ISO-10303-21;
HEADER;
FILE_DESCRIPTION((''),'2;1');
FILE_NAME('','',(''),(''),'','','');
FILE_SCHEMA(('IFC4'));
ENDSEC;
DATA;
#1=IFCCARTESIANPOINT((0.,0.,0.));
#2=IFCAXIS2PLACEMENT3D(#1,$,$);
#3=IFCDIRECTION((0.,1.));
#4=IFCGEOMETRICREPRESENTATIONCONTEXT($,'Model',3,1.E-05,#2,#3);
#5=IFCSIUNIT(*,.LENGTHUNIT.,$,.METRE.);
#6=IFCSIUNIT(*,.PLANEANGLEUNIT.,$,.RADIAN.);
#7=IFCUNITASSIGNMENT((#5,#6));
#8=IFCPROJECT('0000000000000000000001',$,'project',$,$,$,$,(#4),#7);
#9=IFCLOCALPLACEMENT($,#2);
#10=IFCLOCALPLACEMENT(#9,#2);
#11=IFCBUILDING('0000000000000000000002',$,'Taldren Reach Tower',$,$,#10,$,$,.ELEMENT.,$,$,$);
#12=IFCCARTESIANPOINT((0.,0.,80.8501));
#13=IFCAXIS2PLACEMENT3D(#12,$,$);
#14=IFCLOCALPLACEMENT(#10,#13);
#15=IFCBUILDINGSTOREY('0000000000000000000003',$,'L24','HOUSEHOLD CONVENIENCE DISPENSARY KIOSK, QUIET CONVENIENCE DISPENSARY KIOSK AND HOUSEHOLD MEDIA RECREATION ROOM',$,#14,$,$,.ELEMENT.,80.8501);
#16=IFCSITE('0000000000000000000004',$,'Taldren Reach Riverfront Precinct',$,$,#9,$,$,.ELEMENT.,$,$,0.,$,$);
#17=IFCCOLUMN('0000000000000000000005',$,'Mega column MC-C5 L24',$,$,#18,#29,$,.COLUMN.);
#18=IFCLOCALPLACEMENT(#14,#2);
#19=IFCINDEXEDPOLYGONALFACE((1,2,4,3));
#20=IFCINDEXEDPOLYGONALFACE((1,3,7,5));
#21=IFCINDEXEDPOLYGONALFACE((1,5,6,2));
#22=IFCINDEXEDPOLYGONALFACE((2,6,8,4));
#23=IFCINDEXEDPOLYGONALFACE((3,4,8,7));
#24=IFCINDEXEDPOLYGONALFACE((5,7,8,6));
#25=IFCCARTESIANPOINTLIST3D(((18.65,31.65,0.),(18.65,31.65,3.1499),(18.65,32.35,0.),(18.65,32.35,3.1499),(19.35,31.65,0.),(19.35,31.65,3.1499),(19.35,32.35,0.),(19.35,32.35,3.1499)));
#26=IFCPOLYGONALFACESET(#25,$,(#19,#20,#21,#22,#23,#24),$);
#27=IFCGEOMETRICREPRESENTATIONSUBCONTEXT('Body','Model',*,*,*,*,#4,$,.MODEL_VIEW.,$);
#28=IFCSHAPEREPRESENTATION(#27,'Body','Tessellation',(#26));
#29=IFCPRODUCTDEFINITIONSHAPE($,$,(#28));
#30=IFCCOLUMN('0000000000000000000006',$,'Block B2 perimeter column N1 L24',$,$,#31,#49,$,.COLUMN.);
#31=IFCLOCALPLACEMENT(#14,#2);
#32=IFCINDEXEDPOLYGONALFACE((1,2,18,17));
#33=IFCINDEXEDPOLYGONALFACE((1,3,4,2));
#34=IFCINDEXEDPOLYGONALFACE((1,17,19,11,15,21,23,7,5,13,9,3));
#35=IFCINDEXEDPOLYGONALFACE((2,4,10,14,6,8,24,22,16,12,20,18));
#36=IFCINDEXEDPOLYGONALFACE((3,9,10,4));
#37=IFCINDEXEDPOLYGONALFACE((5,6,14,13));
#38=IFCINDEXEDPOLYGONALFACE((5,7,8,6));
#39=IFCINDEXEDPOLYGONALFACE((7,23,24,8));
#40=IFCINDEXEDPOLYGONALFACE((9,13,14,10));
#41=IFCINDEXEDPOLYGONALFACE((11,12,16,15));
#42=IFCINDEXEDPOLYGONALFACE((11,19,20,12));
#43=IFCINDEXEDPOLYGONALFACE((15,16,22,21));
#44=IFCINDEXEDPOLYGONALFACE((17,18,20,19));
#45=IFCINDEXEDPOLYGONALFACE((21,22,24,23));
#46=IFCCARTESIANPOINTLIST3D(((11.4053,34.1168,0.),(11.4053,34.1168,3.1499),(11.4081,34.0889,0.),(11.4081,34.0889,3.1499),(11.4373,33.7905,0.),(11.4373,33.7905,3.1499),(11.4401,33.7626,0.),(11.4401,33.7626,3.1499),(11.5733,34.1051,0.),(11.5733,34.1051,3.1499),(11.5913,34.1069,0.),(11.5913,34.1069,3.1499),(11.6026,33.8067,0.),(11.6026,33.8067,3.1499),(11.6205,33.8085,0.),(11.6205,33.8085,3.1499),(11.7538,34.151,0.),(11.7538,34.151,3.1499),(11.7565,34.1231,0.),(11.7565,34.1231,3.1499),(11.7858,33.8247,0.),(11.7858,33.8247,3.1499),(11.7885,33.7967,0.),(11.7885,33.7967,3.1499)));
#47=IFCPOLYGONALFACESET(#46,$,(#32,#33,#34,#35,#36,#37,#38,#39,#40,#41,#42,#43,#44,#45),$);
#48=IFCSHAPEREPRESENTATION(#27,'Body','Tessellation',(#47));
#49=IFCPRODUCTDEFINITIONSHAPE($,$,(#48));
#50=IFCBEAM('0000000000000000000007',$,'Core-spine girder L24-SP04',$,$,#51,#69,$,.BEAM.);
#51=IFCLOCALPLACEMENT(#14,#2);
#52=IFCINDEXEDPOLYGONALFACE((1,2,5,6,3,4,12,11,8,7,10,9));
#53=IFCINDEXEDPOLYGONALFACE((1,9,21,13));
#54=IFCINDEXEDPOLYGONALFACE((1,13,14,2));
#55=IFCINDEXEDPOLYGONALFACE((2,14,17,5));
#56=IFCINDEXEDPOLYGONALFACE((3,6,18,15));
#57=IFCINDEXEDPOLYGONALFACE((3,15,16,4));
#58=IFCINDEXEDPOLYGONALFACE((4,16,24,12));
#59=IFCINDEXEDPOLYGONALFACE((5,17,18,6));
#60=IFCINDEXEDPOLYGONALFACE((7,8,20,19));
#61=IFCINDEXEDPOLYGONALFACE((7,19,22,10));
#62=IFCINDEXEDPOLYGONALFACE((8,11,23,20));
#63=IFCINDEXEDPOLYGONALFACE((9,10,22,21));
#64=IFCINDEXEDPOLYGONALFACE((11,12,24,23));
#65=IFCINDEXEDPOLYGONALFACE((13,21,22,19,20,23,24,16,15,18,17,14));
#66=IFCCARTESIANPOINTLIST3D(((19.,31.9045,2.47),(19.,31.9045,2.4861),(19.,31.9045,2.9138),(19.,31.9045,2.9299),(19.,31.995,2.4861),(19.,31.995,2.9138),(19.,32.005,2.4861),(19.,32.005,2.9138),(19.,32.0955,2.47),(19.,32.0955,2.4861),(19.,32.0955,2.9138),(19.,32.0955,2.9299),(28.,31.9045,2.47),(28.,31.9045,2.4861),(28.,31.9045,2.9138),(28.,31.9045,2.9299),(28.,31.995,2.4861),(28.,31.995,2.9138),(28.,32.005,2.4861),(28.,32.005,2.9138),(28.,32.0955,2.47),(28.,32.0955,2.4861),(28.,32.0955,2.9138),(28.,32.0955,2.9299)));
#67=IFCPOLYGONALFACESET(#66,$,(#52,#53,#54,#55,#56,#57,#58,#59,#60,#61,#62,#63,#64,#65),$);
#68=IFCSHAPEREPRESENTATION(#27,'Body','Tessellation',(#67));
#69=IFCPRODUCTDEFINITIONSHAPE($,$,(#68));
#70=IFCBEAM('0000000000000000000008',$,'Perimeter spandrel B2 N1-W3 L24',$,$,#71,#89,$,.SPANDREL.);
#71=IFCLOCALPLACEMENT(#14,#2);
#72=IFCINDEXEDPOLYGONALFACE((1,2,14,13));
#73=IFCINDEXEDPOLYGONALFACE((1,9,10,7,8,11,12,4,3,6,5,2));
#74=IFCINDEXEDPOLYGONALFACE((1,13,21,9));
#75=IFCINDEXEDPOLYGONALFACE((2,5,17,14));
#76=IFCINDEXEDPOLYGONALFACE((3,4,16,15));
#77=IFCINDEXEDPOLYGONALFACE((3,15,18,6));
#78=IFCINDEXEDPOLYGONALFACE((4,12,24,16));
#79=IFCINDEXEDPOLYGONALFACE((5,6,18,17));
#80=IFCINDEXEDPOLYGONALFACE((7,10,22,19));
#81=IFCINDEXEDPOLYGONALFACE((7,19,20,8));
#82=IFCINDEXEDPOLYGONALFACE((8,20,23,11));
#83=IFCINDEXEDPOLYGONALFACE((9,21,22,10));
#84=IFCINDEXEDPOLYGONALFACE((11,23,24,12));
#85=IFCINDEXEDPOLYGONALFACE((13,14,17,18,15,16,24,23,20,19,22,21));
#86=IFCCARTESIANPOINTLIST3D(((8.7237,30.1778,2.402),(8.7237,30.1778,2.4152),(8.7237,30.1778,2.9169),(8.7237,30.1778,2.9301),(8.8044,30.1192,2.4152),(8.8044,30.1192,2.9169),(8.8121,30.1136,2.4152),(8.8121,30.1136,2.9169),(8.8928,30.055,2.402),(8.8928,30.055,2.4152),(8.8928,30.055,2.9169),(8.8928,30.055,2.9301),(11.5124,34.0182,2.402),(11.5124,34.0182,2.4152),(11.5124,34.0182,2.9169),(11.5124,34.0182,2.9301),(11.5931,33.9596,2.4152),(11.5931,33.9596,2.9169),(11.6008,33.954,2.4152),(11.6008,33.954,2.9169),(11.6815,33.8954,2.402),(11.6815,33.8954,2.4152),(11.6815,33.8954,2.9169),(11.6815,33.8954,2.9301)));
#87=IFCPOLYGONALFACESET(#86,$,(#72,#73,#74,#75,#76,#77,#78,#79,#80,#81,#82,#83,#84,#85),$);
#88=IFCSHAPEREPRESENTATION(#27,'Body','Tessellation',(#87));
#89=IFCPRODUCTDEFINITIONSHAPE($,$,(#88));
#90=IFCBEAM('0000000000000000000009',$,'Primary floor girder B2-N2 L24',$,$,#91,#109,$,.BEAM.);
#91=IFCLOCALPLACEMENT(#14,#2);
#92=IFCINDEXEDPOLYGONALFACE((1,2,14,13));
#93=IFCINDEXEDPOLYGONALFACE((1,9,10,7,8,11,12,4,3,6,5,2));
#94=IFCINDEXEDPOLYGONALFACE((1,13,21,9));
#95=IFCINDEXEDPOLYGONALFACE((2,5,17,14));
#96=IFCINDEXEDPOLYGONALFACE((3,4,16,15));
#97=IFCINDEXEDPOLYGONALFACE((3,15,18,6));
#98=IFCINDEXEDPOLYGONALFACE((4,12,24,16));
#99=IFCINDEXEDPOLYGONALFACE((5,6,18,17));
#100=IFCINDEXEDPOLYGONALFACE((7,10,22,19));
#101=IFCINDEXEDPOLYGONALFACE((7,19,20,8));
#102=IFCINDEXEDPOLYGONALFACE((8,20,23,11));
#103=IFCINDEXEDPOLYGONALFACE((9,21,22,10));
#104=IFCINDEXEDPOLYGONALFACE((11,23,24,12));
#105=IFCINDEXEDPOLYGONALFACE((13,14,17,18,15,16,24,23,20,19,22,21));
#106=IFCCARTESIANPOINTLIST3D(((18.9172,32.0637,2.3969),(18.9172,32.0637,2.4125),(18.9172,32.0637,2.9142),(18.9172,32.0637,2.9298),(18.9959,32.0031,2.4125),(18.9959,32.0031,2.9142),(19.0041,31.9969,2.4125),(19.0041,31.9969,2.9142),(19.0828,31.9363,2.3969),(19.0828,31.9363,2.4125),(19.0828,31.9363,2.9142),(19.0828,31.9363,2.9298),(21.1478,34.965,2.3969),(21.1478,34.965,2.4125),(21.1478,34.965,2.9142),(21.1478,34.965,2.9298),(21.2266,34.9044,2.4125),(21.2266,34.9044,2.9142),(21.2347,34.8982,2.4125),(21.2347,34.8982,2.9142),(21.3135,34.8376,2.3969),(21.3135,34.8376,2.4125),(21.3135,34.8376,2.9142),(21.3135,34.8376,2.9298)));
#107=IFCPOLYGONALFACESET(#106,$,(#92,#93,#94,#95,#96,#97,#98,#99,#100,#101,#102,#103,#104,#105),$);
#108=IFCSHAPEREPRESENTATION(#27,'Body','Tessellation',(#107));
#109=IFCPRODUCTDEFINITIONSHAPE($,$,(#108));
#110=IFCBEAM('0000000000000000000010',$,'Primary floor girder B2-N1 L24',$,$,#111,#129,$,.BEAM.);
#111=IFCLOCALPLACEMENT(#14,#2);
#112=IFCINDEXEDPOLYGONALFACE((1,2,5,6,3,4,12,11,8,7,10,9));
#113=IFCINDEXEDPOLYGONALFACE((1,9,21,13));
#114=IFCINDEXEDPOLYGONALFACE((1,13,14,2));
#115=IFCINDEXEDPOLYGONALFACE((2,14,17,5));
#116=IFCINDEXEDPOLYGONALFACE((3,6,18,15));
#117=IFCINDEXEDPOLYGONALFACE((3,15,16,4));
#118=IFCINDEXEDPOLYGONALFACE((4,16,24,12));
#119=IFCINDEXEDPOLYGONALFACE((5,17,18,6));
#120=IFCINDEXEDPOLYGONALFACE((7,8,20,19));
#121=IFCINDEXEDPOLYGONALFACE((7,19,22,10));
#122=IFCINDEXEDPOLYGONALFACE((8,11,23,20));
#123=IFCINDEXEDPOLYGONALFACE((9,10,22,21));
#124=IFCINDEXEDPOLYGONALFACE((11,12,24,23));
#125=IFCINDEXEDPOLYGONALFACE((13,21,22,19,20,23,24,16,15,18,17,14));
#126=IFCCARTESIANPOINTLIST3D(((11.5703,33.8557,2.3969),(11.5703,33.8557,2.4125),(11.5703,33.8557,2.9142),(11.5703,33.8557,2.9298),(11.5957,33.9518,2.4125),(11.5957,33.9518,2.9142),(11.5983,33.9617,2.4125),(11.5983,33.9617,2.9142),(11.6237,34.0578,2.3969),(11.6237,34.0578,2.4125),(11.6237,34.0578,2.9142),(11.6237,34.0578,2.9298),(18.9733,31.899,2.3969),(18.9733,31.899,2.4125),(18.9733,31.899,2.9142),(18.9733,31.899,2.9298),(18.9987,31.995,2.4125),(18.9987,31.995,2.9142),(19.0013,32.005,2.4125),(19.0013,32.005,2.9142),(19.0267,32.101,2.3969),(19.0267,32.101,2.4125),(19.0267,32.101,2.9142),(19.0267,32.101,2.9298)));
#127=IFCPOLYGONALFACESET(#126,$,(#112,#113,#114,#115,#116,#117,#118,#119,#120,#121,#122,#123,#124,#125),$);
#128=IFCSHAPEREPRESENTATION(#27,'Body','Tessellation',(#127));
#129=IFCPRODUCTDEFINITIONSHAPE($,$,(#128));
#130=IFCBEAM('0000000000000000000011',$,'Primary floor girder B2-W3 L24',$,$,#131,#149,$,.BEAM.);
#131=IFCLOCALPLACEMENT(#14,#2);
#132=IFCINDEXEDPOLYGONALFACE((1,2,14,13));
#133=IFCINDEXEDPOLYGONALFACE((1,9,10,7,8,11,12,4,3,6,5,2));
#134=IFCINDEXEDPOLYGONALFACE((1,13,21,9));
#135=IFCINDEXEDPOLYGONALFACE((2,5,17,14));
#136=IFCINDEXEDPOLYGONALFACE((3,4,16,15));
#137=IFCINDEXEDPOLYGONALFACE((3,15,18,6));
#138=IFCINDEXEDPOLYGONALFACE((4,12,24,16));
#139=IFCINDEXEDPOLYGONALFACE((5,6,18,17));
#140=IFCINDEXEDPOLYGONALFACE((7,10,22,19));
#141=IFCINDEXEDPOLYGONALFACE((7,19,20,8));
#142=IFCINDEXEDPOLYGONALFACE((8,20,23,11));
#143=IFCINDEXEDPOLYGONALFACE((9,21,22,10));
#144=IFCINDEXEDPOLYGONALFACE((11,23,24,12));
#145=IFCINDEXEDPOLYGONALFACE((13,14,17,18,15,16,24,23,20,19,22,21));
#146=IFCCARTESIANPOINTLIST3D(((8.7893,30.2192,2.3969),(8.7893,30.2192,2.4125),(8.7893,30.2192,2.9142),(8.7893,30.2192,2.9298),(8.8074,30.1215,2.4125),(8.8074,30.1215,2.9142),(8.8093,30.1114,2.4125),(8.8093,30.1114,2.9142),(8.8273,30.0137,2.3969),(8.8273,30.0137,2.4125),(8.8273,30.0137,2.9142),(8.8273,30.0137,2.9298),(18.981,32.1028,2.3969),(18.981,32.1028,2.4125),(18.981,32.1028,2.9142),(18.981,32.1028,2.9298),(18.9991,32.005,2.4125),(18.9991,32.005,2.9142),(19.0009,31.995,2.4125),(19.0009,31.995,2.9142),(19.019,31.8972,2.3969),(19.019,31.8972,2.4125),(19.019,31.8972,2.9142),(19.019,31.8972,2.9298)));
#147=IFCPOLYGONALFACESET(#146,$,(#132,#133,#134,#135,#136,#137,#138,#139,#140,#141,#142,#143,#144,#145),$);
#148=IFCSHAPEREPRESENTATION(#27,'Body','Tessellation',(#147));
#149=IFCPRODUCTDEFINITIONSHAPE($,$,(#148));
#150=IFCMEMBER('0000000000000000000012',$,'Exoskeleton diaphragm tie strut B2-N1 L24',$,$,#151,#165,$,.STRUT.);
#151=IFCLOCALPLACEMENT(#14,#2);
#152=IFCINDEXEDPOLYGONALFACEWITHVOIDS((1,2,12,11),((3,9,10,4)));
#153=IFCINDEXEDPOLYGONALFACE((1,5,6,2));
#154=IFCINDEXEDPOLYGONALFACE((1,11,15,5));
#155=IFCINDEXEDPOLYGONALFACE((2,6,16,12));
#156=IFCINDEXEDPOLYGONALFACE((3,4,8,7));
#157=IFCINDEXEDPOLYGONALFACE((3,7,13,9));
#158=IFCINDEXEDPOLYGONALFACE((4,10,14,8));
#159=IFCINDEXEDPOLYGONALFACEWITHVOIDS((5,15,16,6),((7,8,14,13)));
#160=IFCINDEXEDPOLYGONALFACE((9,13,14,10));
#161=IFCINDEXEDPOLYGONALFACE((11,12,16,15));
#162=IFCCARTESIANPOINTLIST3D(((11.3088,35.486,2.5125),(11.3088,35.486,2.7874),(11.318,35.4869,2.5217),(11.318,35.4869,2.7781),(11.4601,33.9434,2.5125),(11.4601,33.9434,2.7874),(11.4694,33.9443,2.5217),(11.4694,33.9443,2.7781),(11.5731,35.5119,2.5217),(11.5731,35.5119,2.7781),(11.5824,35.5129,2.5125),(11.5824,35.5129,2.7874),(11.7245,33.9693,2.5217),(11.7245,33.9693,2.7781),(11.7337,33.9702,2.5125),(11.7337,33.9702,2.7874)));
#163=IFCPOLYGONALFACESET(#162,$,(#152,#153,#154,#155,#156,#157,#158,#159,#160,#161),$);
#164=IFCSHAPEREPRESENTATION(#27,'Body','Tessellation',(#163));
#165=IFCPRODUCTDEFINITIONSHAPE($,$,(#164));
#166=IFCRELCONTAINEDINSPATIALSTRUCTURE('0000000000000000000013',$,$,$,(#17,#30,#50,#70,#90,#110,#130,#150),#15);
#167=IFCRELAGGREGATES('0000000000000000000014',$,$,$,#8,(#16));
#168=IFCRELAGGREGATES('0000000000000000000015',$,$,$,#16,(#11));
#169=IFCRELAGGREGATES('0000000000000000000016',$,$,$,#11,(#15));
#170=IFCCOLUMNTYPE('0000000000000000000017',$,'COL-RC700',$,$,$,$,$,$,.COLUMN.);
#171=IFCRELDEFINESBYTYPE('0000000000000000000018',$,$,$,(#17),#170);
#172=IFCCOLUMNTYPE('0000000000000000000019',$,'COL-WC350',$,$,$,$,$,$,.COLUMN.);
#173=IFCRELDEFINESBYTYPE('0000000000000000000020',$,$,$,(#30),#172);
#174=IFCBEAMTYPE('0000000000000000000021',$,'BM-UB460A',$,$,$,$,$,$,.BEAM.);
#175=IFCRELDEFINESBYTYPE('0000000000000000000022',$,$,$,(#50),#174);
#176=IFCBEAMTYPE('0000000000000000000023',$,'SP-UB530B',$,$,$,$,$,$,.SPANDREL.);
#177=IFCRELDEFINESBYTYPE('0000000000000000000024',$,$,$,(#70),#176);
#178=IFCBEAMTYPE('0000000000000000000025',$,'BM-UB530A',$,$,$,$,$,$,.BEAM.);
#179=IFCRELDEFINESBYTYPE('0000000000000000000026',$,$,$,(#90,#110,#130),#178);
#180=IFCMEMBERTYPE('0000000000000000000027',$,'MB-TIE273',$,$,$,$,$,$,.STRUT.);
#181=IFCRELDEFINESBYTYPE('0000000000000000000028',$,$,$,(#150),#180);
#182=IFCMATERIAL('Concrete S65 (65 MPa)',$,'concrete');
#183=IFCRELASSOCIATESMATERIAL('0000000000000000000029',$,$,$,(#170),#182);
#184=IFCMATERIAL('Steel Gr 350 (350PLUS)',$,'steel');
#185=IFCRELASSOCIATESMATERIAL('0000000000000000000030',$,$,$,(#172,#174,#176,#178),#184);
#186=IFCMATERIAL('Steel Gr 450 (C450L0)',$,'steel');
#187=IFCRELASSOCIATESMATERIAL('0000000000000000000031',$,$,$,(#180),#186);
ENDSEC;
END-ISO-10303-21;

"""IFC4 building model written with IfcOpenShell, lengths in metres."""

from ifc_helpers import new_model, si_unit, direction, frame, origin, origin_2d, place, context, subcontext, project, spatial, rectangle, hollow_rectangle, i_section, extrude, source, transform, mapped, material, material_profile, profile_set, type_object, element, save


model = new_model("IFC4")

# Units and contexts
model_context = context("Model", 3, precision=1e-05, world=origin(), true_north=direction((0.0, 1.0)))
body_context = subcontext(model_context, "Body", "Model", "MODEL_VIEW")
ifc_project = project(units=[si_unit("LENGTHUNIT", "METRE"), si_unit("PLANEANGLEUNIT", "RADIAN")], contexts=[model_context])

# Site, building, storey
site_placement = place(None, origin())
site = spatial("IfcSite", under=ifc_project, at=site_placement, Name="Taldren Reach Riverfront Precinct", CompositionType="ELEMENT", RefElevation=0.0)
building_placement = place(site_placement, origin())
building = spatial("IfcBuilding", under=site, at=building_placement, Name="Taldren Reach Tower", CompositionType="ELEMENT")
storey_placement = place(building_placement, frame((0.0, 0.0, 80.8501)))
storey = spatial("IfcBuildingStorey", under=building, at=storey_placement, Name="L24", Description="HOUSEHOLD CONVENIENCE DISPENSARY KIOSK, QUIET CONVENIENCE DISPENSARY KIOSK AND HOUSEHOLD MEDIA RECREATION ROOM", CompositionType="ELEMENT", Elevation=80.8501)

# Columns
ifc_material_1 = material(Name="Concrete S65 (65 MPa)", Category="concrete")
ifc_material_profile_1 = material_profile(ifc_material_1, rectangle(XDim=0.7, YDim=0.7, at=origin_2d()), Name="RC-700x700")
ifc_profile_set_1 = profile_set([ifc_material_profile_1], Name="Concrete S65 (65 MPa)")
column_type_1 = type_object("IfcColumnType", Name="COL-RC700", PredefinedType="COLUMN", material=ifc_profile_set_1)
shared_shape_1 = source(origin(), body_context, "Body", "SweptSolid", [
    extrude(rectangle(XDim=0.7, YDim=0.7, at=origin_2d()), origin(), (0.0, 0.0, 1.0), 3.1499),
])
column_1_placement = place(storey_placement, frame((19.0, 32.0, 0.0), z_axis=(0.0, 0.0, 1.0), x_axis=(1.0, 0.0, 0.0)))
element("IfcColumn", 1, at=column_1_placement, inside=storey, type_object=column_type_1, Name="Mega column MC-C5 L24", PredefinedType="COLUMN", context=body_context, shape_type="MappedRepresentation", body=[
    mapped(shared_shape_1, transform((0.0, 0.0, 0.0), scale=1.0)),
])
ifc_material_2 = material(Name="Steel Gr 350 (350PLUS)", Category="steel")
ifc_material_profile_2 = material_profile(ifc_material_2, i_section(OverallWidth=0.3501, OverallDepth=0.356, WebThickness=0.0181, FlangeThickness=0.0281, at=origin_2d()), Name="350WC197")
ifc_profile_set_2 = profile_set([ifc_material_profile_2], Name="Steel Gr 350 (350PLUS)")
column_type_2 = type_object("IfcColumnType", Name="COL-WC350", PredefinedType="COLUMN", material=ifc_profile_set_2)
shared_shape_2 = source(origin(), body_context, "Body", "SweptSolid", [
    extrude(i_section(OverallWidth=0.3501, OverallDepth=0.356, WebThickness=0.0181, FlangeThickness=0.0281, at=origin_2d()), origin(), (0.0, 0.0, 1.0), 3.1499),
])
column_2_placement = place(storey_placement, frame((11.5969, 33.9568, 0.0), z_axis=(0.0, 0.0, 1.0), x_axis=(0.995227, 0.097583, 0.0)))
element("IfcColumn", 2, at=column_2_placement, inside=storey, type_object=column_type_2, Name="Block B2 perimeter column N1 L24", PredefinedType="COLUMN", context=body_context, shape_type="MappedRepresentation", body=[
    mapped(shared_shape_2, transform((0.0, 0.0, 0.0), scale=1.0)),
])

# Beams
ifc_material_profile_3 = material_profile(ifc_material_2, i_section(OverallWidth=0.1909, OverallDepth=0.46, WebThickness=0.01, FlangeThickness=0.0161, at=origin_2d()), Name="460UB82.1")
ifc_profile_set_3 = profile_set([ifc_material_profile_3], Name="Steel Gr 350 (350PLUS)")
beam_type_1 = type_object("IfcBeamType", Name="BM-UB460A", PredefinedType="BEAM", material=ifc_profile_set_3)
shared_shape_3 = source(origin(), body_context, "Body", "SweptSolid", [
    extrude(i_section(OverallWidth=0.1909, OverallDepth=0.46, WebThickness=0.01, FlangeThickness=0.0161, at=origin_2d()), origin(), (0.0, 0.0, 1.0), 9.0),
])
beam_1_placement = place(storey_placement, frame((19.0, 32.0, 2.7), z_axis=(1.0, 0.0, 0.0), x_axis=(0.0, 1.0, 0.0)))
element("IfcBeam", 3, at=beam_1_placement, inside=storey, type_object=beam_type_1, Name="Core-spine girder L24-SP04", PredefinedType="BEAM", context=body_context, shape_type="MappedRepresentation", body=[
    mapped(shared_shape_3, transform((0.0, 0.0, 0.0), scale=1.0)),
])
ifc_material_profile_4 = material_profile(ifc_material_2, i_section(OverallWidth=0.209, OverallDepth=0.5281, WebThickness=0.0095, FlangeThickness=0.0132, at=origin_2d()), Name="530UB82.0")
ifc_profile_set_4 = profile_set([ifc_material_profile_4], Name="Steel Gr 350 (350PLUS)")
beam_type_2 = type_object("IfcBeamType", Name="SP-UB530B", PredefinedType="SPANDREL", material=ifc_profile_set_4)
shared_shape_4 = source(origin(), body_context, "Body", "SweptSolid", [
    extrude(i_section(OverallWidth=0.209, OverallDepth=0.5281, WebThickness=0.0095, FlangeThickness=0.0132, at=origin_2d()), origin(), (0.0, 0.0, 1.0), 4.7461),
])
beam_2_placement = place(storey_placement, frame((11.5969, 33.9568, 2.666), z_axis=(-0.587566, -0.809176, 0.0), x_axis=(0.809176, -0.587566, 0.0)))
element("IfcBeam", 4, at=beam_2_placement, inside=storey, type_object=beam_type_2, Name="Perimeter spandrel B2 N1-W3 L24", PredefinedType="SPANDREL", context=body_context, shape_type="MappedRepresentation", body=[
    mapped(shared_shape_4, transform((0.0, 0.0, 0.0), scale=1.0)),
])
ifc_material_profile_5 = material_profile(ifc_material_2, i_section(OverallWidth=0.209, OverallDepth=0.533, WebThickness=0.0103, FlangeThickness=0.0156, at=origin_2d()), Name="530UB92.4")
ifc_profile_set_5 = profile_set([ifc_material_profile_5], Name="Steel Gr 350 (350PLUS)")
beam_type_3 = type_object("IfcBeamType", Name="BM-UB530A", PredefinedType="BEAM", material=ifc_profile_set_5)
shared_shape_5 = source(origin(), body_context, "Body", "SweptSolid", [
    extrude(i_section(OverallWidth=0.209, OverallDepth=0.533, WebThickness=0.0103, FlangeThickness=0.0156, at=origin_2d()), origin(), (0.0, 0.0, 1.0), 3.6597),
])
beam_3_placement = place(storey_placement, frame((19.0, 32.0, 2.6633), z_axis=(0.609521, 0.79277, 0.0), x_axis=(-0.79277, 0.609521, 0.0)))
element("IfcBeam", 5, at=beam_3_placement, inside=storey, type_object=beam_type_3, Name="Primary floor girder B2-N2 L24", PredefinedType="BEAM", context=body_context, shape_type="MappedRepresentation", body=[
    mapped(shared_shape_5, transform((0.0, 0.0, 0.0), scale=1.0)),
])
shared_shape_6 = source(origin(), body_context, "Body", "SweptSolid", [
    extrude(i_section(OverallWidth=0.209, OverallDepth=0.533, WebThickness=0.0103, FlangeThickness=0.0156, at=origin_2d()), origin(), (0.0, 0.0, 1.0), 7.6572),
])
beam_4_placement = place(storey_placement, frame((19.0, 32.0, 2.6633), z_axis=(-0.966797, 0.255545, 0.0), x_axis=(-0.255545, -0.966797, 0.0)))
element("IfcBeam", 6, at=beam_4_placement, inside=storey, type_object=beam_type_3, Name="Primary floor girder B2-N1 L24", PredefinedType="BEAM", context=body_context, shape_type="MappedRepresentation", body=[
    mapped(shared_shape_6, transform((0.0, 0.0, 0.0), scale=1.0)),
])
shared_shape_7 = source(origin(), body_context, "Body", "SweptSolid", [
    extrude(i_section(OverallWidth=0.209, OverallDepth=0.533, WebThickness=0.0103, FlangeThickness=0.0156, at=origin_2d()), origin(), (0.0, 0.0, 1.0), 10.3643),
])
beam_5_placement = place(storey_placement, frame((19.0, 32.0, 2.6633), z_axis=(-0.983348, -0.181735, 0.0), x_axis=(0.181735, -0.983348, 0.0)))
element("IfcBeam", 7, at=beam_5_placement, inside=storey, type_object=beam_type_3, Name="Primary floor girder B2-W3 L24", PredefinedType="BEAM", context=body_context, shape_type="MappedRepresentation", body=[
    mapped(shared_shape_7, transform((0.0, 0.0, 0.0), scale=1.0)),
])

# Member
ifc_material_3 = material(Name="Steel Gr 450 (C450L0)", Category="steel")
ifc_material_profile_6 = material_profile(ifc_material_3, hollow_rectangle(XDim=0.2749, YDim=0.2749, WallThickness=0.0093, at=origin_2d()), Name="275x275x9.3SHS")
ifc_profile_set_6 = profile_set([ifc_material_profile_6], Name="Steel Gr 450 (C450L0)")
member_type_1 = type_object("IfcMemberType", Name="MB-TIE273", PredefinedType="STRUT", material=ifc_profile_set_6)
shared_shape_8 = source(origin(), body_context, "Body", "SweptSolid", [
    extrude(hollow_rectangle(XDim=0.2749, YDim=0.2749, WallThickness=0.0093, at=origin_2d()), origin(), (0.0, 0.0, 1.0), 1.55),
])
member_1_placement = place(storey_placement, frame((11.5969, 33.9568, 2.6499), z_axis=(-0.097648, 0.995221, 0.0), x_axis=(-0.995221, -0.097648, 0.0)))
element("IfcMember", 8, at=member_1_placement, inside=storey, type_object=member_type_1, Name="Exoskeleton diaphragm tie strut B2-N1 L24", PredefinedType="STRUT", context=body_context, shape_type="MappedRepresentation", body=[
    mapped(shared_shape_8, transform((0.0, 0.0, 0.0), scale=1.0)),
])

save(model, "model.ifc")
